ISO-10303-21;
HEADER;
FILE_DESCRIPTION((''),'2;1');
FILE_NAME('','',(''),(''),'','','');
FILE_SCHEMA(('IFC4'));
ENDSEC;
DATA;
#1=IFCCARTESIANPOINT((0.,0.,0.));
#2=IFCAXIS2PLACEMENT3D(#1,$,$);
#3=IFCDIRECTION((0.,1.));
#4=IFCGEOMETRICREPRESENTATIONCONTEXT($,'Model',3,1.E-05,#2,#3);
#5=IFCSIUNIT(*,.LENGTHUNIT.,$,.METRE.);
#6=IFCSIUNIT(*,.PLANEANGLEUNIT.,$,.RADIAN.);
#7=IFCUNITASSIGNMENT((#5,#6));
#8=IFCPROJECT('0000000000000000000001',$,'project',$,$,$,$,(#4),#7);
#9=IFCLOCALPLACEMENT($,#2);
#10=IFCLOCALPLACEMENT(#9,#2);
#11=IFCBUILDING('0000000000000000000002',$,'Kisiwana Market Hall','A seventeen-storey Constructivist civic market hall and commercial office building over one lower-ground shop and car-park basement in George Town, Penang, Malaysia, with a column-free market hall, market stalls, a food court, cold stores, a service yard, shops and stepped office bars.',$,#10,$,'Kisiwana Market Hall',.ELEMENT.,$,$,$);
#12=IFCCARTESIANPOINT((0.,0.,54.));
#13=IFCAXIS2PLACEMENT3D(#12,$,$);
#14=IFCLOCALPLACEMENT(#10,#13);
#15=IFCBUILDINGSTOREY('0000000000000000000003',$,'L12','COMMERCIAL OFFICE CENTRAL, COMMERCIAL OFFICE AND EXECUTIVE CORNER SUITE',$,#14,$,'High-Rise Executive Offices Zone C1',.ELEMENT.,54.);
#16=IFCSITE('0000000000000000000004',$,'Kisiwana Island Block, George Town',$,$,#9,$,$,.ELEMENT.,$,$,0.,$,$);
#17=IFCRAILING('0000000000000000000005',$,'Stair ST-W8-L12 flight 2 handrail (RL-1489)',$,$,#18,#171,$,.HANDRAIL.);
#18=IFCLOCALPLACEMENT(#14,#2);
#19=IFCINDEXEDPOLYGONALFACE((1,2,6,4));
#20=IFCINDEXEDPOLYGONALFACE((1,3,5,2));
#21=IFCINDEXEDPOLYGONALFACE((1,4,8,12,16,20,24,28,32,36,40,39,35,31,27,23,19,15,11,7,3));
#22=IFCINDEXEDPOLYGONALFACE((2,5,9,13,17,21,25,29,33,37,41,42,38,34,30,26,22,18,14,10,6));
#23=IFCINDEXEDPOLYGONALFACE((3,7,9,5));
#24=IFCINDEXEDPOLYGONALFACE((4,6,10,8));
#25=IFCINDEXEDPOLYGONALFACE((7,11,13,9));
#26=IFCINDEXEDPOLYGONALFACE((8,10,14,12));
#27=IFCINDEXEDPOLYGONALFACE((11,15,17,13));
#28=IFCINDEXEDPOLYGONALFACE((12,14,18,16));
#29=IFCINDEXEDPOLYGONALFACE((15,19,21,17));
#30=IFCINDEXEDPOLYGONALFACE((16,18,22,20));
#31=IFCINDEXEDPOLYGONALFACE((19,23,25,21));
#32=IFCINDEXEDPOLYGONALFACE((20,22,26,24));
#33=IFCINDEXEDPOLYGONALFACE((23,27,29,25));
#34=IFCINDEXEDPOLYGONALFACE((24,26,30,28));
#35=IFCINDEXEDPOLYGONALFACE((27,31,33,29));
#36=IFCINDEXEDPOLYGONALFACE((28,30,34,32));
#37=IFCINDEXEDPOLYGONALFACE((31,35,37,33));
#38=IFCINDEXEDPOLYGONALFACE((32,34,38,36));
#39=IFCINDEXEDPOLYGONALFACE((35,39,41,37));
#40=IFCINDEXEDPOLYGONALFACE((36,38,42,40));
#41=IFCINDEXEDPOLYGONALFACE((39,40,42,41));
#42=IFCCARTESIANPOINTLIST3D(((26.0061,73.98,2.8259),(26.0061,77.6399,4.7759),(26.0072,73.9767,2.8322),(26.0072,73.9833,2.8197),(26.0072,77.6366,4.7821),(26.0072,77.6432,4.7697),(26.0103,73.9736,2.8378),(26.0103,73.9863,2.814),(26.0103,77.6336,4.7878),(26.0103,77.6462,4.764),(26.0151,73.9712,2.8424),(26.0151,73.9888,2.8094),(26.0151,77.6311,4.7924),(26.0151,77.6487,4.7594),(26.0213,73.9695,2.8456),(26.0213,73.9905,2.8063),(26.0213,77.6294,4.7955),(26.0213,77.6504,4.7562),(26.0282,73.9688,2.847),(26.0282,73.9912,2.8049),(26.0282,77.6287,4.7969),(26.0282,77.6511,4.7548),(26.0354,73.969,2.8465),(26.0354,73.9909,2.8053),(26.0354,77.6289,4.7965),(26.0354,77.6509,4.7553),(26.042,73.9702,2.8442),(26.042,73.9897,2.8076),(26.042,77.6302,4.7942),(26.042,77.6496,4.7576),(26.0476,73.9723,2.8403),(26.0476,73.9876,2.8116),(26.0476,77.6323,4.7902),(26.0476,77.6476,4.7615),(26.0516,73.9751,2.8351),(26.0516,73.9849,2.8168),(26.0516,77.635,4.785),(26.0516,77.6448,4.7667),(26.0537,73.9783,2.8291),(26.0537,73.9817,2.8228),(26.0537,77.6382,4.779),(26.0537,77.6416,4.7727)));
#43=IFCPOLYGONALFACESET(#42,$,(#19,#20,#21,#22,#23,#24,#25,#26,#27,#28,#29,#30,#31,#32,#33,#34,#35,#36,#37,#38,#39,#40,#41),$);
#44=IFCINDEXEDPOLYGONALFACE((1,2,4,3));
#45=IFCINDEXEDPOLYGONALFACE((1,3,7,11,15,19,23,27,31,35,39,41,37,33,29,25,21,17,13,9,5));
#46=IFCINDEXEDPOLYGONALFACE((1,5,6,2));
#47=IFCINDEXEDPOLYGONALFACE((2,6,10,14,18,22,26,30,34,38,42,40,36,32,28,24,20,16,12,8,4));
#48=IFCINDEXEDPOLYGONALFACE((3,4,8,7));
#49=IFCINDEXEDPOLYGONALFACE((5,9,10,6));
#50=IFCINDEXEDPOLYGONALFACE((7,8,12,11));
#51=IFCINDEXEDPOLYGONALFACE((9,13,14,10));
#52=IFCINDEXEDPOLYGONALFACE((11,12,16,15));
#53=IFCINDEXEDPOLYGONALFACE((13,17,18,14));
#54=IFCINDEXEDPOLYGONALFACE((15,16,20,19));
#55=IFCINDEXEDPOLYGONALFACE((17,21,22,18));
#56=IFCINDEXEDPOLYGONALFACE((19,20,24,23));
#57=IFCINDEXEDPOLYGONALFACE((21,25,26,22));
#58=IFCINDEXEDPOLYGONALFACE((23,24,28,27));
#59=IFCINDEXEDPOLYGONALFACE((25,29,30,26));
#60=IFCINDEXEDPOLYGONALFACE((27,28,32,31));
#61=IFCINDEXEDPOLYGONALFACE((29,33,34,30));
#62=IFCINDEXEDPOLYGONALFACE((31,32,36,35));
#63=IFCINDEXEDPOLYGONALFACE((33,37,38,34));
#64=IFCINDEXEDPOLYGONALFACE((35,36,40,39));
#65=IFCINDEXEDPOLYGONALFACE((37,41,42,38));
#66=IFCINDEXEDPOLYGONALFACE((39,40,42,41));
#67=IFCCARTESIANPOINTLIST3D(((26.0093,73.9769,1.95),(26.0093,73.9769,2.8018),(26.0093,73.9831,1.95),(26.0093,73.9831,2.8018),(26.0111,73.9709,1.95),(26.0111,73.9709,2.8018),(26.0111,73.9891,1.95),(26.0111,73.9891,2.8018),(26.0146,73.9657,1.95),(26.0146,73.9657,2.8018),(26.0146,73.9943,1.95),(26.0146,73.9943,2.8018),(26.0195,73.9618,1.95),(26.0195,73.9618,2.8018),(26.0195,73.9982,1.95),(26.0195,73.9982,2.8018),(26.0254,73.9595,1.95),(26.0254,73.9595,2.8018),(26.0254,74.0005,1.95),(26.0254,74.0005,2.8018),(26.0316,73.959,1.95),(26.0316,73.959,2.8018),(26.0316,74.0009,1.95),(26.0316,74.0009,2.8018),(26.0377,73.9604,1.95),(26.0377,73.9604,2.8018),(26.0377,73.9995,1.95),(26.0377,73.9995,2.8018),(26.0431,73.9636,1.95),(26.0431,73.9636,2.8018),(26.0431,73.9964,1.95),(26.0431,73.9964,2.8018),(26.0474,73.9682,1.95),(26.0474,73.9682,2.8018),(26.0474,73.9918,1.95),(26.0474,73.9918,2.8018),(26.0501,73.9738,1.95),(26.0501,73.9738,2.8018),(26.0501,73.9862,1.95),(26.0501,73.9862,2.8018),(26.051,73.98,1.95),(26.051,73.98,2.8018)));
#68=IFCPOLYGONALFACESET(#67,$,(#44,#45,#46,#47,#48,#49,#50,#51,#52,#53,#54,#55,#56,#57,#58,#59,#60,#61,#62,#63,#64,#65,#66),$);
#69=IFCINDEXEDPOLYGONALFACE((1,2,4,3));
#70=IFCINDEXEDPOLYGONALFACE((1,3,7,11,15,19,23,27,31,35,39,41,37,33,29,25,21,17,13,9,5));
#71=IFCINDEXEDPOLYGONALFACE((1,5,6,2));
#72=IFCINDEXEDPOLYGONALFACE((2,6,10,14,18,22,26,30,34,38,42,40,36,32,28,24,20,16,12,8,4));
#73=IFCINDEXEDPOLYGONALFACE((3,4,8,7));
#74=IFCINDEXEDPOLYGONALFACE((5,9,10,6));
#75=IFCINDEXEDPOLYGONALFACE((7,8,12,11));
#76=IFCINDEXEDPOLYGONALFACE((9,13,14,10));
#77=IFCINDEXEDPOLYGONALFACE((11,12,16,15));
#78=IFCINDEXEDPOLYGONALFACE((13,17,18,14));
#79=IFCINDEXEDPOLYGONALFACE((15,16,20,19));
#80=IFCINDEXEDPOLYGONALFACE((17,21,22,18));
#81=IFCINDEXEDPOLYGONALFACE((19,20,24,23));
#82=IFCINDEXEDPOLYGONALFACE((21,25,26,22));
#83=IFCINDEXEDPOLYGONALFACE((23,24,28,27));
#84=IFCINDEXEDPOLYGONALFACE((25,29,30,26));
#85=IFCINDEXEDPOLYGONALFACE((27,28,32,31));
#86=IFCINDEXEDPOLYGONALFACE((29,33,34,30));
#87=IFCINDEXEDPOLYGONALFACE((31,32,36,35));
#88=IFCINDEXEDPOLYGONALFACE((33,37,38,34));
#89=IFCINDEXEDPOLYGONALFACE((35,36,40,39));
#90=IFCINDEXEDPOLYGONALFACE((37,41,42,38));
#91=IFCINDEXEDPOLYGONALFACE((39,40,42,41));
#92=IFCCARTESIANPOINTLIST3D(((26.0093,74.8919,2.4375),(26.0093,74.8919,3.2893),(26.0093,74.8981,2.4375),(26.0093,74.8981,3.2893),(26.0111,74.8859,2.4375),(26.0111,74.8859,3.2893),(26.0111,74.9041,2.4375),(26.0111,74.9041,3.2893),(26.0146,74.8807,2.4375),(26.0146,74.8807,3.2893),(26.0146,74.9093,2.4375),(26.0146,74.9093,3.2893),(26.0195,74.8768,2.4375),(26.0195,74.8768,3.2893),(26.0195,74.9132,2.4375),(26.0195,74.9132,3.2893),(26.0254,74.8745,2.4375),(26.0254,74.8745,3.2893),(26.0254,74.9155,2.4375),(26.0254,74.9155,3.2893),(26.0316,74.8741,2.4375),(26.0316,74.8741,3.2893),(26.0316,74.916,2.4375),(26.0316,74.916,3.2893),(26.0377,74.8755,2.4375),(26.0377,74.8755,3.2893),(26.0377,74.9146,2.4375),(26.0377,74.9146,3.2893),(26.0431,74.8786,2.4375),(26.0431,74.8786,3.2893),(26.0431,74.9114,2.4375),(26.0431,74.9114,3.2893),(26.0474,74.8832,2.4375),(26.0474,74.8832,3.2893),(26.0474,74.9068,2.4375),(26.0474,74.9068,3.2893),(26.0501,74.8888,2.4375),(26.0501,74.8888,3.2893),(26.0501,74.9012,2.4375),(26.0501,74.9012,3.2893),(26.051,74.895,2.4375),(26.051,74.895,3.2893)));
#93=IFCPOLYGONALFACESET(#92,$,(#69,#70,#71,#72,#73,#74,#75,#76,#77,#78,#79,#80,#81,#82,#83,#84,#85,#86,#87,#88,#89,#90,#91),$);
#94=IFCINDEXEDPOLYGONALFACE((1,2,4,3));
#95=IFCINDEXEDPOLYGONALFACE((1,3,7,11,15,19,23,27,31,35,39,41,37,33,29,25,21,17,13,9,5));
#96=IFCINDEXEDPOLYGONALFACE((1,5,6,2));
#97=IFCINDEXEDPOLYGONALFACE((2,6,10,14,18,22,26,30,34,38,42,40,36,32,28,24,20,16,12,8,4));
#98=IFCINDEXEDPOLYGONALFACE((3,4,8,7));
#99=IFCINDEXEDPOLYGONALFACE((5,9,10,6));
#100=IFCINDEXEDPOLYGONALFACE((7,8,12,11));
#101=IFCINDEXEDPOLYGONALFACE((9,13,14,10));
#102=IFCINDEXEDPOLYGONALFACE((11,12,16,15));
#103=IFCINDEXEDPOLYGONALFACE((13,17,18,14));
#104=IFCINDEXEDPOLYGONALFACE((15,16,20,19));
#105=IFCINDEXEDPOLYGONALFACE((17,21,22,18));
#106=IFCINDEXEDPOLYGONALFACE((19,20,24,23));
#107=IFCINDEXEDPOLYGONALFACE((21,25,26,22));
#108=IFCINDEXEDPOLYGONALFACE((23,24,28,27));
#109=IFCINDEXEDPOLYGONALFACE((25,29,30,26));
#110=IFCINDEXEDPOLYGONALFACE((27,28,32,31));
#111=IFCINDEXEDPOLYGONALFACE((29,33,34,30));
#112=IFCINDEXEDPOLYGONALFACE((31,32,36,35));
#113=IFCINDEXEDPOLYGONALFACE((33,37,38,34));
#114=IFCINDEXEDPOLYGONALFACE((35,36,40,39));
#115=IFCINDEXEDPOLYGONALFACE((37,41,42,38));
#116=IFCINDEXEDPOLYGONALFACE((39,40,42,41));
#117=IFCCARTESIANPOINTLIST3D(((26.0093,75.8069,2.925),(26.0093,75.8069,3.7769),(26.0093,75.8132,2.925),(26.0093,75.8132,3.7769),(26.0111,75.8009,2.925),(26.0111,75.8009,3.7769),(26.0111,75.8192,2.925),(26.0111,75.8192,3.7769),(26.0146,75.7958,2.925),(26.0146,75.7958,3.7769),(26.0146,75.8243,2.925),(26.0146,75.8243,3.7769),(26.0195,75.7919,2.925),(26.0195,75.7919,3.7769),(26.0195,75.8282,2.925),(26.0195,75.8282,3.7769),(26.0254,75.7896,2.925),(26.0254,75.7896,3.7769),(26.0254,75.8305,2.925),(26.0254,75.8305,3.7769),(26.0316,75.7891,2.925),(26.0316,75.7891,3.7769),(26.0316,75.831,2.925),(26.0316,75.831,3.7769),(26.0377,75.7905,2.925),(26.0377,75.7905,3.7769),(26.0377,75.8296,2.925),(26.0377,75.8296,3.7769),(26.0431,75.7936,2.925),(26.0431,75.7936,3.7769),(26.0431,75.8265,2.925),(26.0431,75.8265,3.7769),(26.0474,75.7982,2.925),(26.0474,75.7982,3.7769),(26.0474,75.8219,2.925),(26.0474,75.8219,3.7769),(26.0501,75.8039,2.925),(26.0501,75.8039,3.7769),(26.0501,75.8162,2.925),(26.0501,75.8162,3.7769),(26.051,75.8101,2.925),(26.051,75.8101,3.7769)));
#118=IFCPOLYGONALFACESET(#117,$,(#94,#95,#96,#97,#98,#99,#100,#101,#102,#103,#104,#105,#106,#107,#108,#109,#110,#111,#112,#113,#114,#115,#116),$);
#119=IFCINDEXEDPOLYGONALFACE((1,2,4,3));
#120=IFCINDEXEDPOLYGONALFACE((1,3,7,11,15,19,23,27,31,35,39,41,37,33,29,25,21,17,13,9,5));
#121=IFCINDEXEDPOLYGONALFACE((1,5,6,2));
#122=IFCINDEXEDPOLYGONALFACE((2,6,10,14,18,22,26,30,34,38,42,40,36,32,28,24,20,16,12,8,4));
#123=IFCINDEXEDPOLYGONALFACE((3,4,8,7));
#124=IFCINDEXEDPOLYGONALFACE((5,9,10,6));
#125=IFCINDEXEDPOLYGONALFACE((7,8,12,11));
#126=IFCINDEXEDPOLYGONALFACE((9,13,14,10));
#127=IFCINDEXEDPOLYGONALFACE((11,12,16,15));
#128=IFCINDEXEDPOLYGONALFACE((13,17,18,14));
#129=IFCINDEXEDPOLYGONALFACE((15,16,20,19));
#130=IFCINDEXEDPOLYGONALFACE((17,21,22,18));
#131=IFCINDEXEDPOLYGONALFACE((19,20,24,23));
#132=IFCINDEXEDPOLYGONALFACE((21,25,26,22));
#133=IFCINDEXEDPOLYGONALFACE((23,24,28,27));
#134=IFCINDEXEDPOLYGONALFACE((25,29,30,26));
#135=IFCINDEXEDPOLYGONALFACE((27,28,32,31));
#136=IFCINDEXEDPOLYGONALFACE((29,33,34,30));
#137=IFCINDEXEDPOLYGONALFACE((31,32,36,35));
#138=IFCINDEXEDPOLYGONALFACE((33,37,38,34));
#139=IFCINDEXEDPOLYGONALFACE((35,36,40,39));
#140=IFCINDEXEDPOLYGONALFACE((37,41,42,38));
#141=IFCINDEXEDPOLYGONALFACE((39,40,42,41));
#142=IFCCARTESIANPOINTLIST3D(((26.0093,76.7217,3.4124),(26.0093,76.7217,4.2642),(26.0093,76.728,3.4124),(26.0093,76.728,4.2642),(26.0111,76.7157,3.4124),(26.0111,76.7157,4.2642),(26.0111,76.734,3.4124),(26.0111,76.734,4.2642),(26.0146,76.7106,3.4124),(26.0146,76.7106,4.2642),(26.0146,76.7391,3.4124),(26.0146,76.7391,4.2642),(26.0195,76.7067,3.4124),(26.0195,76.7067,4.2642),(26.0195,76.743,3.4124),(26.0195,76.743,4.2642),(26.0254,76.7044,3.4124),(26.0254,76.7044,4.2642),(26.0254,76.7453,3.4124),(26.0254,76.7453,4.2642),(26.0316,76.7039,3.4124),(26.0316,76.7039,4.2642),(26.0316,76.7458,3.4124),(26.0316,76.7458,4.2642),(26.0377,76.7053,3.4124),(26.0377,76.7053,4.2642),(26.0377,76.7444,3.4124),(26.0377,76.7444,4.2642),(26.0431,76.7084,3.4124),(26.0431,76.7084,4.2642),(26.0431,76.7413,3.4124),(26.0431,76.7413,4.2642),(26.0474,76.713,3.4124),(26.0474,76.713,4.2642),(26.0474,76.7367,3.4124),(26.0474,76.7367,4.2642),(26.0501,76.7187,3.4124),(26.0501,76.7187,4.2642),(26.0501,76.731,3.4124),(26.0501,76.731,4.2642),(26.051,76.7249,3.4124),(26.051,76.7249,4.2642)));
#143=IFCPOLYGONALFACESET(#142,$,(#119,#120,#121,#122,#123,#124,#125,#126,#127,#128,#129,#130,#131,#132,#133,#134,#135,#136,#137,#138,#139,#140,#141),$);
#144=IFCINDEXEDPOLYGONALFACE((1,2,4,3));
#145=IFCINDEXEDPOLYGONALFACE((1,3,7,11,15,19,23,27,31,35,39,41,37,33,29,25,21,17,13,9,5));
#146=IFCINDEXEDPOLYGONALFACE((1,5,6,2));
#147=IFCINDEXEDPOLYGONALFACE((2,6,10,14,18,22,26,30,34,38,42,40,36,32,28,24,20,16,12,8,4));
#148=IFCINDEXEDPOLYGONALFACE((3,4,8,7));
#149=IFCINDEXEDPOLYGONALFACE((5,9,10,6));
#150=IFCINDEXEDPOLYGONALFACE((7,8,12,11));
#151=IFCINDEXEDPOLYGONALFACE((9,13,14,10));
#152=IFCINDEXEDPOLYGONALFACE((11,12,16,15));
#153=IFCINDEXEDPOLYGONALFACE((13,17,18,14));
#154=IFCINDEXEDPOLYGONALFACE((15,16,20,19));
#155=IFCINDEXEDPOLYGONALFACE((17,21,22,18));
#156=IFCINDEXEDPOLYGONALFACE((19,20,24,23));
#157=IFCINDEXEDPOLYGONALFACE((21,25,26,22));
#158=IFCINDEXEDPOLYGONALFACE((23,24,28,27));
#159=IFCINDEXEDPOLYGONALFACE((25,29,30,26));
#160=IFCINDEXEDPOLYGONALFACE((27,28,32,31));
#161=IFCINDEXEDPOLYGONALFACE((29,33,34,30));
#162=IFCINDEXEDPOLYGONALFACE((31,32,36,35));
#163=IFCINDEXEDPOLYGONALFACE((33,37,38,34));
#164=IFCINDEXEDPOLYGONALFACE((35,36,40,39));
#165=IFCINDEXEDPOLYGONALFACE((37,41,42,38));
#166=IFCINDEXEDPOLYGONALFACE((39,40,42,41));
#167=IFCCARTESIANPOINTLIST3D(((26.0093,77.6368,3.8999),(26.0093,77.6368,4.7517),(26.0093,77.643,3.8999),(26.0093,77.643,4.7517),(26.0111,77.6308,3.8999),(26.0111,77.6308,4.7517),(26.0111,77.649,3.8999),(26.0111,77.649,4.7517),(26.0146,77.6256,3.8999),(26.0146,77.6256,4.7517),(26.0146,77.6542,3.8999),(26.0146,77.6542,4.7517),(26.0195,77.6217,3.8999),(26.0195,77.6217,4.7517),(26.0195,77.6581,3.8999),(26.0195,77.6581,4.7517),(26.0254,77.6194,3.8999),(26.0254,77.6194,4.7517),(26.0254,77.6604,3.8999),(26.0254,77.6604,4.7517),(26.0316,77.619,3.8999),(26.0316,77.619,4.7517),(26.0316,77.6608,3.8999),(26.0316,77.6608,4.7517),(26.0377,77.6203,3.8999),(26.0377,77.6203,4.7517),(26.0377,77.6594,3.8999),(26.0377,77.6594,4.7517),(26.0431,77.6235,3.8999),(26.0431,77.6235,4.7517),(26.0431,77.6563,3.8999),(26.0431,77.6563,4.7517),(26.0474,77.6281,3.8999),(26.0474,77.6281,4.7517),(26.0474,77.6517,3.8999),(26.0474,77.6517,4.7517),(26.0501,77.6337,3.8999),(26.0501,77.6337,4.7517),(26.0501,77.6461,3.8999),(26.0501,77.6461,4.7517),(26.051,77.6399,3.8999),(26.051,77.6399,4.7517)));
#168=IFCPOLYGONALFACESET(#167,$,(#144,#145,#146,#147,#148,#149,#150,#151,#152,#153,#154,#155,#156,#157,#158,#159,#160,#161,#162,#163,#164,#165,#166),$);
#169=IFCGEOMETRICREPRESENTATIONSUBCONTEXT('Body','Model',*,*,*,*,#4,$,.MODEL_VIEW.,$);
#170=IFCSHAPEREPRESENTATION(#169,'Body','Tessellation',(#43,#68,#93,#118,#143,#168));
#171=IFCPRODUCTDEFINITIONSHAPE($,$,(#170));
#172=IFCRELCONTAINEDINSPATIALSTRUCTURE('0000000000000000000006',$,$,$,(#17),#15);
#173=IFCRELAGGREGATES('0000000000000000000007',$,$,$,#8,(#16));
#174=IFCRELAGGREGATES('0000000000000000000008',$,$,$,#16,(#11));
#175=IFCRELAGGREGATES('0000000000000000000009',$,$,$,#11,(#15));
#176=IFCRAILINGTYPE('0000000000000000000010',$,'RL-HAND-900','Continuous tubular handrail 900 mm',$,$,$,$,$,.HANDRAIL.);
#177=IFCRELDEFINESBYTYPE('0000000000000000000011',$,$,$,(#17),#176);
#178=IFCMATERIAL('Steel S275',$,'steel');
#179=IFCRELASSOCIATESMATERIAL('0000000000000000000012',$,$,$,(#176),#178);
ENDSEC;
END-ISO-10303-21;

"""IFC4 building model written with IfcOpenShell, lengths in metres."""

from ifc_helpers import new_model, si_unit, direction, frame, origin, origin_2d, place, context, subcontext, project, spatial, circle, extrude, material, type_object, element, save


model = new_model("IFC4")

# Units and contexts
model_context = context("Model", 3, precision=1e-05, world=origin(), true_north=direction((0.0, 1.0)))
body_context = subcontext(model_context, "Body", "Model", "MODEL_VIEW")
ifc_project = project(units=[si_unit("LENGTHUNIT", "METRE"), si_unit("PLANEANGLEUNIT", "RADIAN")], contexts=[model_context])

# Site, building, storey
site_placement = place(None, origin())
site = spatial("IfcSite", under=ifc_project, at=site_placement, Name="Kisiwana Island Block, George Town", CompositionType="ELEMENT", RefElevation=0.0)
building_placement = place(site_placement, origin())
building = spatial("IfcBuilding", under=site, at=building_placement, Name="Kisiwana Market Hall", Description="A seventeen-storey Constructivist civic market hall and commercial office building over one lower-ground shop and car-park basement in George Town, Penang, Malaysia, with a column-free market hall, market stalls, a food court, cold stores, a service yard, shops and stepped office bars.", LongName="Kisiwana Market Hall", CompositionType="ELEMENT")
storey_placement = place(building_placement, frame((0.0, 0.0, 54.0)))
storey = spatial("IfcBuildingStorey", under=building, at=storey_placement, Name="L12", Description="COMMERCIAL OFFICE CENTRAL, COMMERCIAL OFFICE AND EXECUTIVE CORNER SUITE", LongName="High-Rise Executive Offices Zone C1", CompositionType="ELEMENT", Elevation=54.0)

# Railing
ifc_material_1 = material(Name="Steel S275", Category="steel")
railing_type_1 = type_object("IfcRailingType", Name="RL-HAND-900", Description="Continuous tubular handrail 900 mm", PredefinedType="HANDRAIL", material=ifc_material_1)
for number, where, name in (
    (1, (26.03, 73.98, 1.95), "Stair ST-W8-L12 flight 2 handrail (RL-1489)"),
):
    element("IfcRailing", number, at=place(storey_placement, frame(where)), inside=storey, type_object=railing_type_1, Name=name, PredefinedType="HANDRAIL", context=body_context, shape_type="SweptSolid", body=[
        extrude(circle(Radius=0.0239, at=origin_2d()), frame((0.0, 0.0, 0.876), z_axis=(0.0, 0.882553, 0.470212), x_axis=(-1.0, 0.0, 0.0)), (0.0, 0.0, 1.0), 4.147),
        extrude(circle(Radius=0.021, at=origin_2d()), origin(), (0.0, 0.0, 1.0), 0.8518),
        extrude(circle(Radius=0.021, at=origin_2d()), frame((0.0, 0.915, 0.4875)), (0.0, 0.0, 1.0), 0.8518),
        extrude(circle(Radius=0.021, at=origin_2d()), frame((0.0, 1.8301, 0.9751)), (0.0, 0.0, 1.0), 0.8518),
        extrude(circle(Radius=0.021, at=origin_2d()), frame((0.0, 2.7449, 1.4624)), (0.0, 0.0, 1.0), 0.8518),
        extrude(circle(Radius=0.021, at=origin_2d()), frame((0.0, 3.6599, 1.95)), (0.0, 0.0, 1.0), 0.8518),
    ])

save(model, "model.ifc")
